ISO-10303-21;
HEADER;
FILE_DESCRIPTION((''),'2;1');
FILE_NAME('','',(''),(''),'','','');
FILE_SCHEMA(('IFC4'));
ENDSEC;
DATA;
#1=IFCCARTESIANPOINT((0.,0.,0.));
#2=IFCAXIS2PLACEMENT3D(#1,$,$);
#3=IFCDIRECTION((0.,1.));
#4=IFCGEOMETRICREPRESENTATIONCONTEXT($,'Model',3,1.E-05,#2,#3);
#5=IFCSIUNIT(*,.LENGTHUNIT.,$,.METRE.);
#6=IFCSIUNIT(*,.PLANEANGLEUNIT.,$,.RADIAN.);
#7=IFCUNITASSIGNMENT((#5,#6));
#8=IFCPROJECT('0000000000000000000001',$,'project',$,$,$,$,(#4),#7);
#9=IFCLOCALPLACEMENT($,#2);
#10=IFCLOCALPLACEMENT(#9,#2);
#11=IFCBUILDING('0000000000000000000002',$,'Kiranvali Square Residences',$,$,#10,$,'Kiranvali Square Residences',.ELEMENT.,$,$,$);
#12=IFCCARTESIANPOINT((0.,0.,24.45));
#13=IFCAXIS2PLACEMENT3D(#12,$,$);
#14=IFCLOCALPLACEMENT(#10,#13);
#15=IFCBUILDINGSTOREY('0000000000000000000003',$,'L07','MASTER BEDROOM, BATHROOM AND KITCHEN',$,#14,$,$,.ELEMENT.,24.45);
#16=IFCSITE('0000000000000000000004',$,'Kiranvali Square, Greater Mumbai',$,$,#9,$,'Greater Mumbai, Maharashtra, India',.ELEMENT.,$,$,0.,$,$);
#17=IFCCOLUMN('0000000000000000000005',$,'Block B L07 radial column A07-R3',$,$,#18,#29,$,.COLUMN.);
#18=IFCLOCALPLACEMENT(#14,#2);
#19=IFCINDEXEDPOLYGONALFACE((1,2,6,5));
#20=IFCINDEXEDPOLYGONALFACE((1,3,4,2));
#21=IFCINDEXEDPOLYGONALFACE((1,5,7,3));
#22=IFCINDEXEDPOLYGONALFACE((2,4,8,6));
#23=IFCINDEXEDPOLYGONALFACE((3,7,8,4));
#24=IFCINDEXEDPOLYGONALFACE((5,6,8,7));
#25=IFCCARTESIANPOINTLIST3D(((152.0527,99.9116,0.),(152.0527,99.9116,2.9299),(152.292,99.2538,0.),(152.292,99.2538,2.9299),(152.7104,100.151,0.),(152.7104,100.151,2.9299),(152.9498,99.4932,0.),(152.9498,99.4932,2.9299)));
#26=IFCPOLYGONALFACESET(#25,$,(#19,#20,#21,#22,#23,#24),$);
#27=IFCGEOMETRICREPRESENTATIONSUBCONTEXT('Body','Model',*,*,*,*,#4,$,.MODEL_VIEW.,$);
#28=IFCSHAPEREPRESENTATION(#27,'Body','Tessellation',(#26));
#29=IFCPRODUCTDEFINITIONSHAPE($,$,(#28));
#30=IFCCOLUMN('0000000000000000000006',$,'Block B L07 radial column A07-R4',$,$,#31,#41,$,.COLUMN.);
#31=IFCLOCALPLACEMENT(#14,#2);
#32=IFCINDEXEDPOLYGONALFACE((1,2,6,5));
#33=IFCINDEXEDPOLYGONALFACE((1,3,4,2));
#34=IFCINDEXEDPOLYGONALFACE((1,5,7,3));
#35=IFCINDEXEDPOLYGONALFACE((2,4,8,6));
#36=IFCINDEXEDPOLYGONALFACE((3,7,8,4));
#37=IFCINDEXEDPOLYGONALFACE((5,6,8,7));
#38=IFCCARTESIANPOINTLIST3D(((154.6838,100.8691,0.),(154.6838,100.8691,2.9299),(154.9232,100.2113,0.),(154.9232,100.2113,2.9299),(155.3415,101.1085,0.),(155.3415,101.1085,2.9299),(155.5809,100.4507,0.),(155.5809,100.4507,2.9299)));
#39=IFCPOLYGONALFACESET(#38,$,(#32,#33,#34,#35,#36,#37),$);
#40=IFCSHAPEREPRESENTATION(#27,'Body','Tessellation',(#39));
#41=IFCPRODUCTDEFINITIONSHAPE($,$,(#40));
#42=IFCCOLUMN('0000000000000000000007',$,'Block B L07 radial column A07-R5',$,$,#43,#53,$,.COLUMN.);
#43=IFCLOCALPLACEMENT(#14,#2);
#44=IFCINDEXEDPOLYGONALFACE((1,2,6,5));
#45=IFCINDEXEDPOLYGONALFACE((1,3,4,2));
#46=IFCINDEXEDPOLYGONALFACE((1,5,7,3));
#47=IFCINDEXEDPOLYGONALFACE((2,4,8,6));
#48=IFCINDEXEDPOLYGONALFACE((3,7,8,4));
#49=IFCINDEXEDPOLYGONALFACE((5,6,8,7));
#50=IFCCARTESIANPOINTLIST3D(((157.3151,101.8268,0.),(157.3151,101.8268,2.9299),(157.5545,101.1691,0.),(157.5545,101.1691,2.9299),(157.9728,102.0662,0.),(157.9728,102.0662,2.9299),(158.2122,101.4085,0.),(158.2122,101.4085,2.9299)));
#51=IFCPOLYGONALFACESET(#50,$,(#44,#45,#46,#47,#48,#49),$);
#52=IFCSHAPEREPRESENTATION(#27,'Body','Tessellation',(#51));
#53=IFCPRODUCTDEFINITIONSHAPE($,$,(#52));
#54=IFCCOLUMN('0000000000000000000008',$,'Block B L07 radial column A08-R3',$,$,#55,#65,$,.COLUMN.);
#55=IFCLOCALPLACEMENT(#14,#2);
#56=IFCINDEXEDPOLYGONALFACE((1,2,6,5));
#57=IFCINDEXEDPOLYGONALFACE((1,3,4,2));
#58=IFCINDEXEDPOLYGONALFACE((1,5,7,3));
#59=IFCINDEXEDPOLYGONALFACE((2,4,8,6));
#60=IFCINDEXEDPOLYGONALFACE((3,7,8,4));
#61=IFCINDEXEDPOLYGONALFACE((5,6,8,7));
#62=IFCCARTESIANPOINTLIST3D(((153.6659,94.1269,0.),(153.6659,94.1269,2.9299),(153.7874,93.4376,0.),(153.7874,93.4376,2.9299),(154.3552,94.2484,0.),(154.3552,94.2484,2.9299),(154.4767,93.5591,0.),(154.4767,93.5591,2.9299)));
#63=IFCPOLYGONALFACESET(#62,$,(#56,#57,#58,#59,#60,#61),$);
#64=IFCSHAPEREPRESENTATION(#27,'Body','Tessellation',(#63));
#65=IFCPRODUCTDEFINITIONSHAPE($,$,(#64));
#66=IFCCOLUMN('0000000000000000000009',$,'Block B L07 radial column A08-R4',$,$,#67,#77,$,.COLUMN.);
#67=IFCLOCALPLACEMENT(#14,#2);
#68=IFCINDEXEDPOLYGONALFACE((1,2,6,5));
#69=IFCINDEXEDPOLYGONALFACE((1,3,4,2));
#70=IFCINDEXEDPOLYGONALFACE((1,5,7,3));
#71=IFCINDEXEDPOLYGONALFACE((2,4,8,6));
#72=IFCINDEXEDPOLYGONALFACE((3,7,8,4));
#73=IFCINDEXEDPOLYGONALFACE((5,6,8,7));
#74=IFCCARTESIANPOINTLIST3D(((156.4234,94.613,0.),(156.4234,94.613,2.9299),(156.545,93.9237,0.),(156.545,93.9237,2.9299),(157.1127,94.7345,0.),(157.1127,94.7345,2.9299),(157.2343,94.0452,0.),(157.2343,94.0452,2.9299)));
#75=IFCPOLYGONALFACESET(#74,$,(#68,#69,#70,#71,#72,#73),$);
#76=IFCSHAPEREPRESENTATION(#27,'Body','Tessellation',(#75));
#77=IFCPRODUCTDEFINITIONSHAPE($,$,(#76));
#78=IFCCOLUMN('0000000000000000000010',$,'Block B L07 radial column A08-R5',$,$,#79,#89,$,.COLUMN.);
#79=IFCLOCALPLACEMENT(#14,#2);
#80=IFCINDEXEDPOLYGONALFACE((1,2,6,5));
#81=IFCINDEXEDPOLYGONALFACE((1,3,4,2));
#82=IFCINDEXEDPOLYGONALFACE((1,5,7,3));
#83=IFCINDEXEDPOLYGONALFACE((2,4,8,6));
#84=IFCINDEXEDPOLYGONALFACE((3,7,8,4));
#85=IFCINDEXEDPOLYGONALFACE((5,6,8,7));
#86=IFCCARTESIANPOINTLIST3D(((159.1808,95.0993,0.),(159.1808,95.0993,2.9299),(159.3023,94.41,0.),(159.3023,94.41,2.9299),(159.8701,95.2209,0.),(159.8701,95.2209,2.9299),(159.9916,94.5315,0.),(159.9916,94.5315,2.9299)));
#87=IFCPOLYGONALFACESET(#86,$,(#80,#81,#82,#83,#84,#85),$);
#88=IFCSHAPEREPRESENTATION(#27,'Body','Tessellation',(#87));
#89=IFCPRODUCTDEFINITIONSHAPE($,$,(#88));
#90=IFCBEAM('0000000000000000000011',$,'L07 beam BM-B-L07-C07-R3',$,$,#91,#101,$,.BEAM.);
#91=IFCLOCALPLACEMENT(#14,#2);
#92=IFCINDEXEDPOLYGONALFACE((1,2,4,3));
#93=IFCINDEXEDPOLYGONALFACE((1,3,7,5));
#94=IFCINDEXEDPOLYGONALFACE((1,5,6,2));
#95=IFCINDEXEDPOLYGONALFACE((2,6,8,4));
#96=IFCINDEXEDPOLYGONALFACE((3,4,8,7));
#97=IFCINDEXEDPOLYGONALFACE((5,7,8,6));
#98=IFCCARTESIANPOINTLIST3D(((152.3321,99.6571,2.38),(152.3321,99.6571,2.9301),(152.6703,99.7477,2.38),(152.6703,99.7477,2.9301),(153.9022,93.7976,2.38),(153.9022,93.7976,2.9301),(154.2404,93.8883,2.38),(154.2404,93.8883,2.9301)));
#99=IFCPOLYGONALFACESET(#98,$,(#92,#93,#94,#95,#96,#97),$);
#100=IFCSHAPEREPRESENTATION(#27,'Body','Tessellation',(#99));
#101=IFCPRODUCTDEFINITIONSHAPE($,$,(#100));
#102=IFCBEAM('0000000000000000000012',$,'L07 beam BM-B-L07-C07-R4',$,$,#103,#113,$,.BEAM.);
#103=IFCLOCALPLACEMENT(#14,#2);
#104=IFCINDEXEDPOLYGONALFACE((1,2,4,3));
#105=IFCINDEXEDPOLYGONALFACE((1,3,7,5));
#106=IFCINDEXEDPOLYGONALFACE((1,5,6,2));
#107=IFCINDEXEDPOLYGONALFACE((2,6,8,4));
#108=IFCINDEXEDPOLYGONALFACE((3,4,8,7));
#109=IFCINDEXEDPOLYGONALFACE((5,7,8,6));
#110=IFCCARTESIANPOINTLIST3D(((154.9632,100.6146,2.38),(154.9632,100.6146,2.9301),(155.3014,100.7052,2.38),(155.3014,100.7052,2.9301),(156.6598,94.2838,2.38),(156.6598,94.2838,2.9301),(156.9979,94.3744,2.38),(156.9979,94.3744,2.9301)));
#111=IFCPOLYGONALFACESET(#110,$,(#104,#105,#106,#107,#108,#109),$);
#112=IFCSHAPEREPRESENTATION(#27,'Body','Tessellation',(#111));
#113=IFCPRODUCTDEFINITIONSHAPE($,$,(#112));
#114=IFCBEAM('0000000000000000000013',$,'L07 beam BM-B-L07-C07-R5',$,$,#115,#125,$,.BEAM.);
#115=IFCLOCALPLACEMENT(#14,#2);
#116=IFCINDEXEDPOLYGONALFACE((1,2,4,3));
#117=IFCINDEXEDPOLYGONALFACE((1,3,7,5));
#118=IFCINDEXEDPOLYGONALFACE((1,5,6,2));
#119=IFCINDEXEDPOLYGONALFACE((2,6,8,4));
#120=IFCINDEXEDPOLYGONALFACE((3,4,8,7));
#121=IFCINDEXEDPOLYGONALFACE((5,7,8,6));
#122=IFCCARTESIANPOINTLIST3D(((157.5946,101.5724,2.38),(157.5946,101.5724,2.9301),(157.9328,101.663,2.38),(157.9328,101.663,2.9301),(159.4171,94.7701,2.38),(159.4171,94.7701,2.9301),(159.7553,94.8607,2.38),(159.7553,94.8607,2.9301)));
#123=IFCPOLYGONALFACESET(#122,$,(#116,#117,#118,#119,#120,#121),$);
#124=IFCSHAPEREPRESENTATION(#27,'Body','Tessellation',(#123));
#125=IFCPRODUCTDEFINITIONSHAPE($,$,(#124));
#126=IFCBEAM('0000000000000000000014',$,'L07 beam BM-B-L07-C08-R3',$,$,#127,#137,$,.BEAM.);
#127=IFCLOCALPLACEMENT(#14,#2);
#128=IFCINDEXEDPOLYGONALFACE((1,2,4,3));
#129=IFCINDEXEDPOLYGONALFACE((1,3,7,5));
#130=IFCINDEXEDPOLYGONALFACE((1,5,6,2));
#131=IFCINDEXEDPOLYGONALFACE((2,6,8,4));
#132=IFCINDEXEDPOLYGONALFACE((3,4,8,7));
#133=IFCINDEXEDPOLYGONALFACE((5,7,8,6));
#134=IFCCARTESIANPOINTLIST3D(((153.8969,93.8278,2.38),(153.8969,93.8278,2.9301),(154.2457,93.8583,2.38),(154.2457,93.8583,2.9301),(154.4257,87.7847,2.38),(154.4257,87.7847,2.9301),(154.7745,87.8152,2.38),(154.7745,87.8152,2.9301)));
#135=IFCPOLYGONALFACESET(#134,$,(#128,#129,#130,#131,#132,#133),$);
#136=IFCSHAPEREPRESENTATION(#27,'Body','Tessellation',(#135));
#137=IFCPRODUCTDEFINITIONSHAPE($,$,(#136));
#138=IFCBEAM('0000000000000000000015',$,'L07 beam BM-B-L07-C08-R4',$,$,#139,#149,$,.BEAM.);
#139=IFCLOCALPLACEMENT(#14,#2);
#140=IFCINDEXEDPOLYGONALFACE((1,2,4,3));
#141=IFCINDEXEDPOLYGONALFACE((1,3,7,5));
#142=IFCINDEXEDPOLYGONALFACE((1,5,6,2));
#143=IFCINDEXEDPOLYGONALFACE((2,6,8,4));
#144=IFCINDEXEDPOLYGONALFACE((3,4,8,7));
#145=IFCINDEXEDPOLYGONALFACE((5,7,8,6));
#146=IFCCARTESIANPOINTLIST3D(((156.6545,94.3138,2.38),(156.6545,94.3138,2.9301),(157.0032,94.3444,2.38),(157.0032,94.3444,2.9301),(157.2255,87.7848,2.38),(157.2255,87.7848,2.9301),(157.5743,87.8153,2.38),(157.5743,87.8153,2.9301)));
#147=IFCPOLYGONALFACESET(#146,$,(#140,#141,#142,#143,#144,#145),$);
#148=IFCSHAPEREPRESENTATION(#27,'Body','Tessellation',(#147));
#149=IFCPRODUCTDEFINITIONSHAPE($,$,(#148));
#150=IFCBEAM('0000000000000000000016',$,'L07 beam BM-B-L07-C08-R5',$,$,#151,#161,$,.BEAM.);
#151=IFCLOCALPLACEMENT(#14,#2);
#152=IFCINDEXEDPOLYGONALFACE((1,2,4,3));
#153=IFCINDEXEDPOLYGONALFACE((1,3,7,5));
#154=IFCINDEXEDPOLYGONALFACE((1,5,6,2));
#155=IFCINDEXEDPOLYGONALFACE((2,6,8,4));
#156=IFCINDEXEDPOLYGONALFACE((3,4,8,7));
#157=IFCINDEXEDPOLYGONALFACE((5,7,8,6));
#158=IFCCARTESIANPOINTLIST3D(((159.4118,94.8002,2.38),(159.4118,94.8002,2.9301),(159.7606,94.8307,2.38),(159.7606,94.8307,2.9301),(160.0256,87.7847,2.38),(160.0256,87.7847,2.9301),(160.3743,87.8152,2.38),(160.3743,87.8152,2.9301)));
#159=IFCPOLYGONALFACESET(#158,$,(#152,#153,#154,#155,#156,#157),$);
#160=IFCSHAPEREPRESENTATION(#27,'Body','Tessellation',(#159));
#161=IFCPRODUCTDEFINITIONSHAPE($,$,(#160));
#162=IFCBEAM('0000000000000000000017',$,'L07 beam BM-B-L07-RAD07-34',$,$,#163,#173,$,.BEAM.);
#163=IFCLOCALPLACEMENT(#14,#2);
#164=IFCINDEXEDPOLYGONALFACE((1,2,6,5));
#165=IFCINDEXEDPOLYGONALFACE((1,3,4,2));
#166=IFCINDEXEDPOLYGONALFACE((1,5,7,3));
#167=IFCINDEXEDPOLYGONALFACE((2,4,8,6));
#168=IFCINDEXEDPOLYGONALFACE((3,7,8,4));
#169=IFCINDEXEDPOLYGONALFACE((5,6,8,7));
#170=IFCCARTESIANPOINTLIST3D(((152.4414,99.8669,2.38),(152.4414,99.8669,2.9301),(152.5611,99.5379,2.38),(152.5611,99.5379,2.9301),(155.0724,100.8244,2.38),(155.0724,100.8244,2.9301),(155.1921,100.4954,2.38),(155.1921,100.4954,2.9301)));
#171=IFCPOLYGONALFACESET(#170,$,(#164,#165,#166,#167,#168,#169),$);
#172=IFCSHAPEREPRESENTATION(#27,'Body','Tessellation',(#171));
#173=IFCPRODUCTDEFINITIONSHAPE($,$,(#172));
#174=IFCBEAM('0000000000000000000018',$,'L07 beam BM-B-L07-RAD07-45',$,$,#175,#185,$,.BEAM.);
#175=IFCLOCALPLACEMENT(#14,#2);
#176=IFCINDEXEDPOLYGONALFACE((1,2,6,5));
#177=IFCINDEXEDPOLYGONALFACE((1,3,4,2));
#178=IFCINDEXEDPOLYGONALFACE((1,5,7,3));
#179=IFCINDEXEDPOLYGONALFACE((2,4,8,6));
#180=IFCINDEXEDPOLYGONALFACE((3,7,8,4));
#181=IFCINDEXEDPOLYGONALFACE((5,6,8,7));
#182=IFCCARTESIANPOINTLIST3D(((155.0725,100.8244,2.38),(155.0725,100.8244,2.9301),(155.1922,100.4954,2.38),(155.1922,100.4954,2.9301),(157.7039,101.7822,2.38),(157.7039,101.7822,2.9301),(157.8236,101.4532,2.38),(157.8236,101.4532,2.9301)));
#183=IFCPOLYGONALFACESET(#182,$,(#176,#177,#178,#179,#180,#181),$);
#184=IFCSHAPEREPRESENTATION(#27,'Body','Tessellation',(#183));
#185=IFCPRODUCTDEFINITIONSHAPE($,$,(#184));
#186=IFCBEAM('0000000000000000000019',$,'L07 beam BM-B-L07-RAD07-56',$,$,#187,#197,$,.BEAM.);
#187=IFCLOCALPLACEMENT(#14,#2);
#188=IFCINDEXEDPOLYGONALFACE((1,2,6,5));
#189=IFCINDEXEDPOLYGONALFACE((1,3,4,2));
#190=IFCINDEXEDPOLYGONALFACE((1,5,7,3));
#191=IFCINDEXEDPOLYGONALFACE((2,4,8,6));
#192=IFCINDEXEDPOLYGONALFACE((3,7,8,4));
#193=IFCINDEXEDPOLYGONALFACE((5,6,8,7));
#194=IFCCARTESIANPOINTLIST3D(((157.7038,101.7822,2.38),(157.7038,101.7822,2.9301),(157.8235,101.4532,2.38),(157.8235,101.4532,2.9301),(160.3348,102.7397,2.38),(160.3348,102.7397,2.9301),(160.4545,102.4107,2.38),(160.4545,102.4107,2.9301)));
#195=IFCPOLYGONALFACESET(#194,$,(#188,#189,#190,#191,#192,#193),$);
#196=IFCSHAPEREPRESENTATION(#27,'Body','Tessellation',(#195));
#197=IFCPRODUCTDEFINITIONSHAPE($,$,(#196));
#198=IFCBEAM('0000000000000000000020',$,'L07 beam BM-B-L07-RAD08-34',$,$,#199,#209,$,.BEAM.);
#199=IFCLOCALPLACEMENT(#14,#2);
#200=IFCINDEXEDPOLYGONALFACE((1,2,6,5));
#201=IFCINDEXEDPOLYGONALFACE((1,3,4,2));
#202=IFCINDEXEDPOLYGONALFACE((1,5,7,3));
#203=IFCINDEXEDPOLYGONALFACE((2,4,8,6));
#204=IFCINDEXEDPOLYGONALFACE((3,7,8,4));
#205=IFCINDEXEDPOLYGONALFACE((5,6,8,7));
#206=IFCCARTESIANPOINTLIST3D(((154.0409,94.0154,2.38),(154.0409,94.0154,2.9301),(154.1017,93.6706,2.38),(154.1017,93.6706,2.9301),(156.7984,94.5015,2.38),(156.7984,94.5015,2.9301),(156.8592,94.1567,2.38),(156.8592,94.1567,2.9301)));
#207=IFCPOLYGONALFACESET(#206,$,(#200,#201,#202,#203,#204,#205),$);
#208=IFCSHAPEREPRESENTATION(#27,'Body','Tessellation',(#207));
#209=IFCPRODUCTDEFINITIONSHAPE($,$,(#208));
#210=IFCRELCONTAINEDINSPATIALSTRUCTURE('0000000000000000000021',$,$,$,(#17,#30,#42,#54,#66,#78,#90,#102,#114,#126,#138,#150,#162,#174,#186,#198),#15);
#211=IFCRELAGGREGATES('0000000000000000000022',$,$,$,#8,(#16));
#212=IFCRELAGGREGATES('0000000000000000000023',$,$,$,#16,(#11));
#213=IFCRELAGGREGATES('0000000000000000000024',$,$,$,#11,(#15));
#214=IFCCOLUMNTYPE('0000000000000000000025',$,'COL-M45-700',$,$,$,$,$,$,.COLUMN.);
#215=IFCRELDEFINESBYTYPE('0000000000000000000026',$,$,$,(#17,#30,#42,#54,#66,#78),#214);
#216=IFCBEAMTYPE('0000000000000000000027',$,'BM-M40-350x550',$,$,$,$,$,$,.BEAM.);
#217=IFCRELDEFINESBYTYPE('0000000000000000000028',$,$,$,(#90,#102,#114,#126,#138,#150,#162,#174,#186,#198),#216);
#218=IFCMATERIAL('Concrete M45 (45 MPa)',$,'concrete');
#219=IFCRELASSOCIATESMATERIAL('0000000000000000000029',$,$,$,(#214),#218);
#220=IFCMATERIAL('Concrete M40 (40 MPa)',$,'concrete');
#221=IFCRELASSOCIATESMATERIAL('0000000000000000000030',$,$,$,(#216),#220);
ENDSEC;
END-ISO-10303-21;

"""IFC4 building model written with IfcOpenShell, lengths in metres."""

from ifc_helpers import new_model, si_unit, direction, frame, origin, origin_2d, place, context, subcontext, project, spatial, rectangle, extrude, material, material_profile, profile_set, type_object, element, save


model = new_model("IFC4")

# Units and contexts
model_context = context("Model", 3, precision=1e-05, world=origin(), true_north=direction((0.0, 1.0)))
body_context = subcontext(model_context, "Body", "Model", "MODEL_VIEW")
ifc_project = project(units=[si_unit("LENGTHUNIT", "METRE"), si_unit("PLANEANGLEUNIT", "RADIAN")], contexts=[model_context])

# Site, building, storey
site_placement = place(None, origin())
site = spatial("IfcSite", under=ifc_project, at=site_placement, Name="Kiranvali Square, Greater Mumbai", LongName="Greater Mumbai, Maharashtra, India", CompositionType="ELEMENT", RefElevation=0.0)
building_placement = place(site_placement, origin())
building = spatial("IfcBuilding", under=site, at=building_placement, Name="Kiranvali Square Residences", LongName="Kiranvali Square Residences", CompositionType="ELEMENT")
storey_placement = place(building_placement, frame((0.0, 0.0, 24.45)))
storey = spatial("IfcBuildingStorey", under=building, at=storey_placement, Name="L07", Description="MASTER BEDROOM, BATHROOM AND KITCHEN", CompositionType="ELEMENT", Elevation=24.45)

# Columns
ifc_material_1 = material(Name="Concrete M45 (45 MPa)", Category="concrete")
ifc_material_profile_1 = material_profile(ifc_material_1, rectangle(XDim=0.7, YDim=0.7, at=origin_2d()), Name="RC 700x700")
ifc_profile_set_1 = profile_set([ifc_material_profile_1], Name="Concrete M45 (45 MPa)")
column_type = type_object("IfcColumnType", Name="COL-M45-700", PredefinedType="COLUMN", material=ifc_profile_set_1)
for number, where, z_axis, x_axis, name in (
    (1, (152.5012, 99.7024, 0.0), (0.0, 0.0, 1.0), (-0.34202, 0.939693, 0.0), "Block B L07 radial column A07-R3"),
    (2, (155.1323, 100.6599, 0.0), (0.0, 0.0, 1.0), (-0.34202, 0.939693, 0.0), "Block B L07 radial column A07-R4"),
    (3, (157.7637, 101.6177, 0.0), (0.0, 0.0, 1.0), (-0.34202, 0.939693, 0.0), "Block B L07 radial column A07-R5"),
    (4, (154.0713, 93.843, 0.0), (0.0, 0.0, 1.0), (-0.173648, 0.984808, 0.0), "Block B L07 radial column A08-R3"),
    (5, (156.8289, 94.3291, 0.0), (0.0, 0.0, 1.0), (-0.173648, 0.984808, 0.0), "Block B L07 radial column A08-R4"),
    (6, (159.5862, 94.8154, 0.0), (0.0, 0.0, 1.0), (-0.173648, 0.984808, 0.0), "Block B L07 radial column A08-R5"),
):
    element("IfcColumn", number, at=place(storey_placement, frame(where, z_axis=z_axis, x_axis=x_axis)), inside=storey, type_object=column_type, Name=name, PredefinedType="COLUMN", context=body_context, shape_type="SweptSolid", body=[
        extrude(rectangle(XDim=0.7, YDim=0.7, at=origin_2d()), origin(), (0.0, 0.0, 1.0), 2.9299),
    ])

# Beams
ifc_material_2 = material(Name="Concrete M40 (40 MPa)", Category="concrete")
ifc_material_profile_2 = material_profile(ifc_material_2, rectangle(XDim=0.3501, YDim=0.55, at=origin_2d()), Name="RC 350x550")
ifc_profile_set_2 = profile_set([ifc_material_profile_2], Name="Concrete M40 (40 MPa)")
beam_type = type_object("IfcBeamType", Name="BM-M40-350x550", PredefinedType="BEAM", material=ifc_profile_set_2)
beam_1_placement = place(storey_placement, frame((152.5012, 99.7024, 2.655), z_axis=(0.258827, -0.965924, 0.0), x_axis=(0.965924, 0.258827, 0.0)))
element("IfcBeam", 7, at=beam_1_placement, inside=storey, type_object=beam_type, Name="L07 beam BM-B-L07-C07-R3", PredefinedType="BEAM", context=body_context, shape_type="SweptSolid", body=[
    extrude(rectangle(XDim=0.3501, YDim=0.55, at=origin_2d()), origin(), (0.0, 0.0, 1.0), 6.0662),
])
beam_2_placement = place(storey_placement, frame((155.1323, 100.6599, 2.655), z_axis=(0.258847, -0.965918, 0.0), x_axis=(0.965918, 0.258847, 0.0)))
element("IfcBeam", 8, at=beam_2_placement, inside=storey, type_object=beam_type, Name="L07 beam BM-B-L07-C07-R4", PredefinedType="BEAM", context=body_context, shape_type="SweptSolid", body=[
    extrude(rectangle(XDim=0.3501, YDim=0.55, at=origin_2d()), origin(), (0.0, 0.0, 1.0), 6.5542),
])
beam_3_placement = place(storey_placement, frame((157.7637, 101.6177, 2.655), z_axis=(0.2588, -0.965931, 0.0), x_axis=(0.965931, 0.2588, 0.0)))
element("IfcBeam", 9, at=beam_3_placement, inside=storey, type_object=beam_type, Name="L07 beam BM-B-L07-C07-R5", PredefinedType="BEAM", context=body_context, shape_type="SweptSolid", body=[
    extrude(rectangle(XDim=0.3501, YDim=0.55, at=origin_2d()), origin(), (0.0, 0.0, 1.0), 7.0422),
])
beam_4_placement = place(storey_placement, frame((154.0713, 93.843, 2.655), z_axis=(0.087175, -0.996193, 0.0), x_axis=(0.996193, 0.087175, 0.0)))
element("IfcBeam", 10, at=beam_4_placement, inside=storey, type_object=beam_type, Name="L07 beam BM-B-L07-C08-R3", PredefinedType="BEAM", context=body_context, shape_type="SweptSolid", body=[
    extrude(rectangle(XDim=0.3501, YDim=0.55, at=origin_2d()), origin(), (0.0, 0.0, 1.0), 6.0662),
])
beam_5_placement = place(storey_placement, frame((156.8289, 94.3291, 2.655), z_axis=(0.08713, -0.996197, 0.0), x_axis=(0.996197, 0.08713, 0.0)))
element("IfcBeam", 11, at=beam_5_placement, inside=storey, type_object=beam_type, Name="L07 beam BM-B-L07-C08-R4", PredefinedType="BEAM", context=body_context, shape_type="SweptSolid", body=[
    extrude(rectangle(XDim=0.3501, YDim=0.55, at=origin_2d()), origin(), (0.0, 0.0, 1.0), 6.554),
])
beam_6_placement = place(storey_placement, frame((159.5862, 94.8154, 2.655), z_axis=(0.087156, -0.996195, 0.0), x_axis=(0.996195, 0.087156, 0.0)))
element("IfcBeam", 12, at=beam_6_placement, inside=storey, type_object=beam_type, Name="L07 beam BM-B-L07-C08-R5", PredefinedType="BEAM", context=body_context, shape_type="SweptSolid", body=[
    extrude(rectangle(XDim=0.3501, YDim=0.55, at=origin_2d()), origin(), (0.0, 0.0, 1.0), 7.0422),
])
beam_7_placement = place(storey_placement, frame((152.5012, 99.7024, 2.655), z_axis=(0.939707, 0.341981, 0.0), x_axis=(-0.341981, 0.939707, 0.0)))
element("IfcBeam", 13, at=beam_7_placement, inside=storey, type_object=beam_type, Name="L07 beam BM-B-L07-RAD07-34", PredefinedType="BEAM", context=body_context, shape_type="SweptSolid", body=[
    extrude(rectangle(XDim=0.3501, YDim=0.55, at=origin_2d()), origin(), (0.0, 0.0, 1.0), 2.7998),
])
beam_8_placement = place(storey_placement, frame((155.1323, 100.6599, 2.655), z_axis=(0.939689, 0.34203, 0.0), x_axis=(-0.34203, 0.939689, 0.0)))
element("IfcBeam", 14, at=beam_8_placement, inside=storey, type_object=beam_type, Name="L07 beam BM-B-L07-RAD07-45", PredefinedType="BEAM", context=body_context, shape_type="SweptSolid", body=[
    extrude(rectangle(XDim=0.3501, YDim=0.55, at=origin_2d()), origin(), (0.0, 0.0, 1.0), 2.8003),
])
beam_9_placement = place(storey_placement, frame((157.7637, 101.6177, 2.655), z_axis=(0.939707, 0.341981, 0.0), x_axis=(-0.341981, 0.939707, 0.0)))
element("IfcBeam", 15, at=beam_9_placement, inside=storey, type_object=beam_type, Name="L07 beam BM-B-L07-RAD07-56", PredefinedType="BEAM", context=body_context, shape_type="SweptSolid", body=[
    extrude(rectangle(XDim=0.3501, YDim=0.55, at=origin_2d()), origin(), (0.0, 0.0, 1.0), 2.7998),
])
beam_10_placement = place(storey_placement, frame((154.0713, 93.843, 2.655), z_axis=(0.984817, 0.173596, 0.0), x_axis=(-0.173596, 0.984817, 0.0)))
element("IfcBeam", 16, at=beam_10_placement, inside=storey, type_object=beam_type, Name="L07 beam BM-B-L07-RAD08-34", PredefinedType="BEAM", context=body_context, shape_type="SweptSolid", body=[
    extrude(rectangle(XDim=0.3501, YDim=0.55, at=origin_2d()), origin(), (0.0, 0.0, 1.0), 2.8),
])

save(model, "model.ifc")
